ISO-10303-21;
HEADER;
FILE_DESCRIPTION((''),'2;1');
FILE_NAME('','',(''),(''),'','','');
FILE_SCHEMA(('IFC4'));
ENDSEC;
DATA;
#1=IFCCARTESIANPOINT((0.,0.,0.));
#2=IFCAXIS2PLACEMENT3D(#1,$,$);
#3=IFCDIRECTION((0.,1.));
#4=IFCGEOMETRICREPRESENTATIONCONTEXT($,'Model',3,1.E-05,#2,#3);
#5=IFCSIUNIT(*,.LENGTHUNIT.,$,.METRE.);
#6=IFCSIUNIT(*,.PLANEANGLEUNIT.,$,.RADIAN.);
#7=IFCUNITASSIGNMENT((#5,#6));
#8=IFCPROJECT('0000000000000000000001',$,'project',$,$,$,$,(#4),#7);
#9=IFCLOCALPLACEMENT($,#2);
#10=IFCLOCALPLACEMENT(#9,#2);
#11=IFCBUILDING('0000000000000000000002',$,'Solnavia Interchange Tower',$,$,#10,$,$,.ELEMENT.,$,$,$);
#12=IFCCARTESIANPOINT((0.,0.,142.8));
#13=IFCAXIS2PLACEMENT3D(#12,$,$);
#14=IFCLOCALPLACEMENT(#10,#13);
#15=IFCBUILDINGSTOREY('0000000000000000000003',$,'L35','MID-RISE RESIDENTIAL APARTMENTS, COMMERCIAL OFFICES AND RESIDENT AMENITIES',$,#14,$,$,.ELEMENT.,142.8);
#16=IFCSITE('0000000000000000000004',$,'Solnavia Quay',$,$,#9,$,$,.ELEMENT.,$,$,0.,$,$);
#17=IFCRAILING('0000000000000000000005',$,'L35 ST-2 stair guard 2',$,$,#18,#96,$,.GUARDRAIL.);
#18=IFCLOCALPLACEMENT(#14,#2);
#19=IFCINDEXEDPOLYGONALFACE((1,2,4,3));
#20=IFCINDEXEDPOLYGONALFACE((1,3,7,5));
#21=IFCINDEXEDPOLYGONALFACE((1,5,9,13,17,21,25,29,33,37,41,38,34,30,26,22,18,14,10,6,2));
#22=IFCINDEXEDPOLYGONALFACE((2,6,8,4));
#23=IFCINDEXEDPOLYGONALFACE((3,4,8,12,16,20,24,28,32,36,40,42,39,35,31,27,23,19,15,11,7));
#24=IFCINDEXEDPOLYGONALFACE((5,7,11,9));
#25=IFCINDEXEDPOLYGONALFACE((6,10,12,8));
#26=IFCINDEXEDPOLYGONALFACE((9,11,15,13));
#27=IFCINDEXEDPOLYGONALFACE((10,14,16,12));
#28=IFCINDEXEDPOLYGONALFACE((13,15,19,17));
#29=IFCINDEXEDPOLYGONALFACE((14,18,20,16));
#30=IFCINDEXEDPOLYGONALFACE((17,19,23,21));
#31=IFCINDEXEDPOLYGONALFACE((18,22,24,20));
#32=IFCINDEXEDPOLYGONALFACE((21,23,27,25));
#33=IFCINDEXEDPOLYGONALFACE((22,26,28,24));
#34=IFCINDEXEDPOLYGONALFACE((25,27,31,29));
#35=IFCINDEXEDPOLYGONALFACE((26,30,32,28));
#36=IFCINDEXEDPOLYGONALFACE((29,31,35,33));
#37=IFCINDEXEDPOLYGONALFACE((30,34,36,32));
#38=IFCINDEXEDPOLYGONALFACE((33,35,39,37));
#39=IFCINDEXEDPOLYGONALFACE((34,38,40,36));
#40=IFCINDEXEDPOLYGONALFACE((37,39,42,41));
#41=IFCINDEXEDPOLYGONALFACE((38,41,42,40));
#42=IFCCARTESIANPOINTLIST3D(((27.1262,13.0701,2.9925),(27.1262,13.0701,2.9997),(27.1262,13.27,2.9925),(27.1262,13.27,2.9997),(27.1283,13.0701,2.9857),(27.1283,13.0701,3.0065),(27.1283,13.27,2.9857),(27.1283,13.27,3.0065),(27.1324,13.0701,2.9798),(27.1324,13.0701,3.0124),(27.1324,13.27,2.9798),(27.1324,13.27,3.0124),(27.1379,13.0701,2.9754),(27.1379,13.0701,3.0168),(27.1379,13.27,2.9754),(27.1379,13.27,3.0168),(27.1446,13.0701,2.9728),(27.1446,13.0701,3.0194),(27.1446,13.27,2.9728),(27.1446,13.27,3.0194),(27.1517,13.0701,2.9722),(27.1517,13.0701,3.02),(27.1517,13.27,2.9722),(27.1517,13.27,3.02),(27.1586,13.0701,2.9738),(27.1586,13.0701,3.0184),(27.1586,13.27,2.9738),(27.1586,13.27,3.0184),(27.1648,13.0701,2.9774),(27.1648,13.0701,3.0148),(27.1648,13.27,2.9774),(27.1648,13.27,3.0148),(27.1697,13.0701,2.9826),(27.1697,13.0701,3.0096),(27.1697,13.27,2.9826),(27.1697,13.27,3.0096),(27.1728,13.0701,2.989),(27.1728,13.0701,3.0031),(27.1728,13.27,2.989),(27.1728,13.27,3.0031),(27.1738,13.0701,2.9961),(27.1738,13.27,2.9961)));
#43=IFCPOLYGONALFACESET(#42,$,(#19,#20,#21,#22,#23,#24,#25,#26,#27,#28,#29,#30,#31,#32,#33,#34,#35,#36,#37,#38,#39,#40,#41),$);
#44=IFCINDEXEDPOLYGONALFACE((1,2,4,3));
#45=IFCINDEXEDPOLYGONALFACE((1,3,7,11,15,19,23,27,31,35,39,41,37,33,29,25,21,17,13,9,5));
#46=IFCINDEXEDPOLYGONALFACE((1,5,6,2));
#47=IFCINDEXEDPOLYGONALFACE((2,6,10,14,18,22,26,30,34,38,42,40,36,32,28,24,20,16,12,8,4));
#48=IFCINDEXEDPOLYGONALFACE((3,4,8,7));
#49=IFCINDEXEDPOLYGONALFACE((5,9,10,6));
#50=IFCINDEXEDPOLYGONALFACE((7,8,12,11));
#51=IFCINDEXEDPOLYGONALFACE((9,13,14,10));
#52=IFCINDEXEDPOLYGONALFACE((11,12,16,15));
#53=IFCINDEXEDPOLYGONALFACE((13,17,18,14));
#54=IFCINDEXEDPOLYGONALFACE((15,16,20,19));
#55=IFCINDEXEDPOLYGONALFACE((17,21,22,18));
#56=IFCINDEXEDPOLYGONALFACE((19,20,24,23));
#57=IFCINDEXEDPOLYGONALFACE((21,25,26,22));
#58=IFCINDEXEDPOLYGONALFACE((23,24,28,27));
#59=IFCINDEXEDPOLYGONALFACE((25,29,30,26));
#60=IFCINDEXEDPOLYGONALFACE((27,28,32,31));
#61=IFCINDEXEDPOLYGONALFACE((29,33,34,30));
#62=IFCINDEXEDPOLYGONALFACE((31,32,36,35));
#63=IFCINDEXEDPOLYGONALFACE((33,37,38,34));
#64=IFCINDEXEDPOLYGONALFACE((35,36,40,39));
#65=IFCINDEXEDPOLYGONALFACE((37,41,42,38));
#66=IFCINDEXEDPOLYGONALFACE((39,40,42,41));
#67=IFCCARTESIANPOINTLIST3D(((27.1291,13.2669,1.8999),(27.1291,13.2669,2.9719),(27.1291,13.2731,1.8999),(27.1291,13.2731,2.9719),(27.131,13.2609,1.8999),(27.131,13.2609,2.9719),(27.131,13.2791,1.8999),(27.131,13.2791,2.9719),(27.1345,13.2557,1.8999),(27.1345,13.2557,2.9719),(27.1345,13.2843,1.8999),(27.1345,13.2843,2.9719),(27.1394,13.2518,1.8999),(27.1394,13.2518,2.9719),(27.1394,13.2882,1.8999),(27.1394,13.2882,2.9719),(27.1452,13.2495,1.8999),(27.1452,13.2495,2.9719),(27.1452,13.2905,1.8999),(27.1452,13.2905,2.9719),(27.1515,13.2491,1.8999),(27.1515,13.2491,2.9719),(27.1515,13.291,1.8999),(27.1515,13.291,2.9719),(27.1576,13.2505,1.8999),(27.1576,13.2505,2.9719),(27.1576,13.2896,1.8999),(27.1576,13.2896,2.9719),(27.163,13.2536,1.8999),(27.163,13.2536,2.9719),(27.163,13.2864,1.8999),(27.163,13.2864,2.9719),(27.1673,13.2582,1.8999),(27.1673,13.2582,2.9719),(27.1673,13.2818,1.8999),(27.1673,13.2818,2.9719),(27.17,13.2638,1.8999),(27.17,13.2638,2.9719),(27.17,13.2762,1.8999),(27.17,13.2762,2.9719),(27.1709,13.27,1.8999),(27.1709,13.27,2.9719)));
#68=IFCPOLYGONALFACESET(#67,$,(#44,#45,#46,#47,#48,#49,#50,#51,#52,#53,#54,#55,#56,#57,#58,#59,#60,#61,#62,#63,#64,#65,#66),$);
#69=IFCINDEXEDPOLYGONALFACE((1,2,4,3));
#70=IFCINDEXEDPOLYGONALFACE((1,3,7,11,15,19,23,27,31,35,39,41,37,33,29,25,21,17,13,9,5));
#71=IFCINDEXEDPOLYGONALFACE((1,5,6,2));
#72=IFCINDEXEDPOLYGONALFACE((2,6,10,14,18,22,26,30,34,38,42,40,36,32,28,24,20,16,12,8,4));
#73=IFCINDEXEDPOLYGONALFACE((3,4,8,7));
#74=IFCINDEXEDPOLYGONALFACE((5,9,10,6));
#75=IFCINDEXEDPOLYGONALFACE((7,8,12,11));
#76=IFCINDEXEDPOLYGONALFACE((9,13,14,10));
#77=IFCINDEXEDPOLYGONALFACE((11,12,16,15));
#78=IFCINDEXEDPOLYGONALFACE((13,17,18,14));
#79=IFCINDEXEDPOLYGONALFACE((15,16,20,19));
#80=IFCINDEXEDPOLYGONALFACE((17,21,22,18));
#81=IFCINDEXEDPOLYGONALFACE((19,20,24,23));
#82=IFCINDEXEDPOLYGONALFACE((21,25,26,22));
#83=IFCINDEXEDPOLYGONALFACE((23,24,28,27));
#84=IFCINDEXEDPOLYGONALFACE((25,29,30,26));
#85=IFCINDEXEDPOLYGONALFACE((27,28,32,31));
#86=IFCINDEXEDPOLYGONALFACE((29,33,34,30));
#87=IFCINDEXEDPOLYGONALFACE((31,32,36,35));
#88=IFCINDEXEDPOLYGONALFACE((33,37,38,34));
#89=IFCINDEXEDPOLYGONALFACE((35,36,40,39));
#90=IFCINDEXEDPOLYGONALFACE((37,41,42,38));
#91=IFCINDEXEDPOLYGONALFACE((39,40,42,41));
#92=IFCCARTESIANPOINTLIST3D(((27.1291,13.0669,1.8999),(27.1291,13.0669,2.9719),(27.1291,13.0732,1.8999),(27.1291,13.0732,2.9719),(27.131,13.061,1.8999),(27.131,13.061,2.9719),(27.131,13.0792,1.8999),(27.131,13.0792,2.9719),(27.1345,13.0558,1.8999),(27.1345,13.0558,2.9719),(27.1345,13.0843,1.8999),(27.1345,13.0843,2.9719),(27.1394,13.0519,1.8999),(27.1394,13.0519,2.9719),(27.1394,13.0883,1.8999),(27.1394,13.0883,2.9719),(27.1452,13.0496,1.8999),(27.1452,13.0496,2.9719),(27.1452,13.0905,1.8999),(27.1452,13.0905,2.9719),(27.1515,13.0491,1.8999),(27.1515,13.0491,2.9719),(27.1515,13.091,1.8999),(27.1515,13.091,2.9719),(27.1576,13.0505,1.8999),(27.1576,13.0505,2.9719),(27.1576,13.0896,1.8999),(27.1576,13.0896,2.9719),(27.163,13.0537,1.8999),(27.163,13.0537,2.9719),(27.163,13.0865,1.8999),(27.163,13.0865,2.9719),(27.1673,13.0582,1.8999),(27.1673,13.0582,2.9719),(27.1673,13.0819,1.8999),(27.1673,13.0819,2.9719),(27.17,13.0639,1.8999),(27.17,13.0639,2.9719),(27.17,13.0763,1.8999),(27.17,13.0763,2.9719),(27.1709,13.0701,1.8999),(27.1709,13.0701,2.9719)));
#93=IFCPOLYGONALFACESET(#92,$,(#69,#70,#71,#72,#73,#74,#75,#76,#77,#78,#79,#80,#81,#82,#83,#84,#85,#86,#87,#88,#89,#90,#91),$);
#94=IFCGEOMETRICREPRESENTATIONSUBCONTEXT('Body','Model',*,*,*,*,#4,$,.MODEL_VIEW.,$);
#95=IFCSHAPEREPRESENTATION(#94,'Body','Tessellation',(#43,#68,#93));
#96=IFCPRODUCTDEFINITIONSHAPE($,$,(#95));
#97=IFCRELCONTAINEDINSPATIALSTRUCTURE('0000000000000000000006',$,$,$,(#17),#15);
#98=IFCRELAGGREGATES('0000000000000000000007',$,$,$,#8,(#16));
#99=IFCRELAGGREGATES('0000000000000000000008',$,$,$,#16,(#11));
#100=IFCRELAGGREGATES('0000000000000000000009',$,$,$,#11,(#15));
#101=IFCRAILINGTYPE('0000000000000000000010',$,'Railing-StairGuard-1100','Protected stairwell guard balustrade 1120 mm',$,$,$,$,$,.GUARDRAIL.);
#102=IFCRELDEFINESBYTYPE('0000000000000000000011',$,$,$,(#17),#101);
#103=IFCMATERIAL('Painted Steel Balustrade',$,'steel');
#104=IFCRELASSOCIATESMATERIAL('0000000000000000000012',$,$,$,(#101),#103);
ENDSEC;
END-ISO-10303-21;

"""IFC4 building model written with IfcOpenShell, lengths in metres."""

from ifc_helpers import new_model, si_unit, direction, frame, origin, origin_2d, place, context, subcontext, project, spatial, circle, extrude, material, type_object, element, save


model = new_model("IFC4")

# Units and contexts
model_context = context("Model", 3, precision=1e-05, world=origin(), true_north=direction((0.0, 1.0)))
body_context = subcontext(model_context, "Body", "Model", "MODEL_VIEW")
ifc_project = project(units=[si_unit("LENGTHUNIT", "METRE"), si_unit("PLANEANGLEUNIT", "RADIAN")], contexts=[model_context])

# Site, building, storey
site_placement = place(None, origin())
site = spatial("IfcSite", under=ifc_project, at=site_placement, Name="Solnavia Quay", CompositionType="ELEMENT", RefElevation=0.0)
building_placement = place(site_placement, origin())
building = spatial("IfcBuilding", under=site, at=building_placement, Name="Solnavia Interchange Tower", CompositionType="ELEMENT")
storey_placement = place(building_placement, frame((0.0, 0.0, 142.8)))
storey = spatial("IfcBuildingStorey", under=building, at=storey_placement, Name="L35", Description="MID-RISE RESIDENTIAL APARTMENTS, COMMERCIAL OFFICES AND RESIDENT AMENITIES", CompositionType="ELEMENT", Elevation=142.8)

# Railing
ifc_material_1 = material(Name="Painted Steel Balustrade", Category="steel")
railing_type_1 = type_object("IfcRailingType", Name="Railing-StairGuard-1100", Description="Protected stairwell guard balustrade 1120 mm", PredefinedType="GUARDRAIL", material=ifc_material_1)
railing_1_placement = place(storey_placement, frame((27.1499, 13.27, 1.8999)))
element("IfcRailing", 1, at=railing_1_placement, inside=storey, type_object=railing_type_1, Name="L35 ST-2 stair guard 2", PredefinedType="GUARDRAIL", context=body_context, shape_type="SweptSolid", body=[
    extrude(circle(Radius=0.0239, at=origin_2d()), frame((0.0, 0.0, 1.0962), z_axis=(0.0, -1.0, 0.0), x_axis=(1.0, 0.0, 0.0)), (0.0, 0.0, 1.0), 0.2),
    extrude(circle(Radius=0.021, at=origin_2d()), origin(), (0.0, 0.0, 1.0), 1.072),
    extrude(circle(Radius=0.021, at=origin_2d()), frame((0.0, -0.2, 0.0)), (0.0, 0.0, 1.0), 1.072),
])

save(model, "model.ifc")
